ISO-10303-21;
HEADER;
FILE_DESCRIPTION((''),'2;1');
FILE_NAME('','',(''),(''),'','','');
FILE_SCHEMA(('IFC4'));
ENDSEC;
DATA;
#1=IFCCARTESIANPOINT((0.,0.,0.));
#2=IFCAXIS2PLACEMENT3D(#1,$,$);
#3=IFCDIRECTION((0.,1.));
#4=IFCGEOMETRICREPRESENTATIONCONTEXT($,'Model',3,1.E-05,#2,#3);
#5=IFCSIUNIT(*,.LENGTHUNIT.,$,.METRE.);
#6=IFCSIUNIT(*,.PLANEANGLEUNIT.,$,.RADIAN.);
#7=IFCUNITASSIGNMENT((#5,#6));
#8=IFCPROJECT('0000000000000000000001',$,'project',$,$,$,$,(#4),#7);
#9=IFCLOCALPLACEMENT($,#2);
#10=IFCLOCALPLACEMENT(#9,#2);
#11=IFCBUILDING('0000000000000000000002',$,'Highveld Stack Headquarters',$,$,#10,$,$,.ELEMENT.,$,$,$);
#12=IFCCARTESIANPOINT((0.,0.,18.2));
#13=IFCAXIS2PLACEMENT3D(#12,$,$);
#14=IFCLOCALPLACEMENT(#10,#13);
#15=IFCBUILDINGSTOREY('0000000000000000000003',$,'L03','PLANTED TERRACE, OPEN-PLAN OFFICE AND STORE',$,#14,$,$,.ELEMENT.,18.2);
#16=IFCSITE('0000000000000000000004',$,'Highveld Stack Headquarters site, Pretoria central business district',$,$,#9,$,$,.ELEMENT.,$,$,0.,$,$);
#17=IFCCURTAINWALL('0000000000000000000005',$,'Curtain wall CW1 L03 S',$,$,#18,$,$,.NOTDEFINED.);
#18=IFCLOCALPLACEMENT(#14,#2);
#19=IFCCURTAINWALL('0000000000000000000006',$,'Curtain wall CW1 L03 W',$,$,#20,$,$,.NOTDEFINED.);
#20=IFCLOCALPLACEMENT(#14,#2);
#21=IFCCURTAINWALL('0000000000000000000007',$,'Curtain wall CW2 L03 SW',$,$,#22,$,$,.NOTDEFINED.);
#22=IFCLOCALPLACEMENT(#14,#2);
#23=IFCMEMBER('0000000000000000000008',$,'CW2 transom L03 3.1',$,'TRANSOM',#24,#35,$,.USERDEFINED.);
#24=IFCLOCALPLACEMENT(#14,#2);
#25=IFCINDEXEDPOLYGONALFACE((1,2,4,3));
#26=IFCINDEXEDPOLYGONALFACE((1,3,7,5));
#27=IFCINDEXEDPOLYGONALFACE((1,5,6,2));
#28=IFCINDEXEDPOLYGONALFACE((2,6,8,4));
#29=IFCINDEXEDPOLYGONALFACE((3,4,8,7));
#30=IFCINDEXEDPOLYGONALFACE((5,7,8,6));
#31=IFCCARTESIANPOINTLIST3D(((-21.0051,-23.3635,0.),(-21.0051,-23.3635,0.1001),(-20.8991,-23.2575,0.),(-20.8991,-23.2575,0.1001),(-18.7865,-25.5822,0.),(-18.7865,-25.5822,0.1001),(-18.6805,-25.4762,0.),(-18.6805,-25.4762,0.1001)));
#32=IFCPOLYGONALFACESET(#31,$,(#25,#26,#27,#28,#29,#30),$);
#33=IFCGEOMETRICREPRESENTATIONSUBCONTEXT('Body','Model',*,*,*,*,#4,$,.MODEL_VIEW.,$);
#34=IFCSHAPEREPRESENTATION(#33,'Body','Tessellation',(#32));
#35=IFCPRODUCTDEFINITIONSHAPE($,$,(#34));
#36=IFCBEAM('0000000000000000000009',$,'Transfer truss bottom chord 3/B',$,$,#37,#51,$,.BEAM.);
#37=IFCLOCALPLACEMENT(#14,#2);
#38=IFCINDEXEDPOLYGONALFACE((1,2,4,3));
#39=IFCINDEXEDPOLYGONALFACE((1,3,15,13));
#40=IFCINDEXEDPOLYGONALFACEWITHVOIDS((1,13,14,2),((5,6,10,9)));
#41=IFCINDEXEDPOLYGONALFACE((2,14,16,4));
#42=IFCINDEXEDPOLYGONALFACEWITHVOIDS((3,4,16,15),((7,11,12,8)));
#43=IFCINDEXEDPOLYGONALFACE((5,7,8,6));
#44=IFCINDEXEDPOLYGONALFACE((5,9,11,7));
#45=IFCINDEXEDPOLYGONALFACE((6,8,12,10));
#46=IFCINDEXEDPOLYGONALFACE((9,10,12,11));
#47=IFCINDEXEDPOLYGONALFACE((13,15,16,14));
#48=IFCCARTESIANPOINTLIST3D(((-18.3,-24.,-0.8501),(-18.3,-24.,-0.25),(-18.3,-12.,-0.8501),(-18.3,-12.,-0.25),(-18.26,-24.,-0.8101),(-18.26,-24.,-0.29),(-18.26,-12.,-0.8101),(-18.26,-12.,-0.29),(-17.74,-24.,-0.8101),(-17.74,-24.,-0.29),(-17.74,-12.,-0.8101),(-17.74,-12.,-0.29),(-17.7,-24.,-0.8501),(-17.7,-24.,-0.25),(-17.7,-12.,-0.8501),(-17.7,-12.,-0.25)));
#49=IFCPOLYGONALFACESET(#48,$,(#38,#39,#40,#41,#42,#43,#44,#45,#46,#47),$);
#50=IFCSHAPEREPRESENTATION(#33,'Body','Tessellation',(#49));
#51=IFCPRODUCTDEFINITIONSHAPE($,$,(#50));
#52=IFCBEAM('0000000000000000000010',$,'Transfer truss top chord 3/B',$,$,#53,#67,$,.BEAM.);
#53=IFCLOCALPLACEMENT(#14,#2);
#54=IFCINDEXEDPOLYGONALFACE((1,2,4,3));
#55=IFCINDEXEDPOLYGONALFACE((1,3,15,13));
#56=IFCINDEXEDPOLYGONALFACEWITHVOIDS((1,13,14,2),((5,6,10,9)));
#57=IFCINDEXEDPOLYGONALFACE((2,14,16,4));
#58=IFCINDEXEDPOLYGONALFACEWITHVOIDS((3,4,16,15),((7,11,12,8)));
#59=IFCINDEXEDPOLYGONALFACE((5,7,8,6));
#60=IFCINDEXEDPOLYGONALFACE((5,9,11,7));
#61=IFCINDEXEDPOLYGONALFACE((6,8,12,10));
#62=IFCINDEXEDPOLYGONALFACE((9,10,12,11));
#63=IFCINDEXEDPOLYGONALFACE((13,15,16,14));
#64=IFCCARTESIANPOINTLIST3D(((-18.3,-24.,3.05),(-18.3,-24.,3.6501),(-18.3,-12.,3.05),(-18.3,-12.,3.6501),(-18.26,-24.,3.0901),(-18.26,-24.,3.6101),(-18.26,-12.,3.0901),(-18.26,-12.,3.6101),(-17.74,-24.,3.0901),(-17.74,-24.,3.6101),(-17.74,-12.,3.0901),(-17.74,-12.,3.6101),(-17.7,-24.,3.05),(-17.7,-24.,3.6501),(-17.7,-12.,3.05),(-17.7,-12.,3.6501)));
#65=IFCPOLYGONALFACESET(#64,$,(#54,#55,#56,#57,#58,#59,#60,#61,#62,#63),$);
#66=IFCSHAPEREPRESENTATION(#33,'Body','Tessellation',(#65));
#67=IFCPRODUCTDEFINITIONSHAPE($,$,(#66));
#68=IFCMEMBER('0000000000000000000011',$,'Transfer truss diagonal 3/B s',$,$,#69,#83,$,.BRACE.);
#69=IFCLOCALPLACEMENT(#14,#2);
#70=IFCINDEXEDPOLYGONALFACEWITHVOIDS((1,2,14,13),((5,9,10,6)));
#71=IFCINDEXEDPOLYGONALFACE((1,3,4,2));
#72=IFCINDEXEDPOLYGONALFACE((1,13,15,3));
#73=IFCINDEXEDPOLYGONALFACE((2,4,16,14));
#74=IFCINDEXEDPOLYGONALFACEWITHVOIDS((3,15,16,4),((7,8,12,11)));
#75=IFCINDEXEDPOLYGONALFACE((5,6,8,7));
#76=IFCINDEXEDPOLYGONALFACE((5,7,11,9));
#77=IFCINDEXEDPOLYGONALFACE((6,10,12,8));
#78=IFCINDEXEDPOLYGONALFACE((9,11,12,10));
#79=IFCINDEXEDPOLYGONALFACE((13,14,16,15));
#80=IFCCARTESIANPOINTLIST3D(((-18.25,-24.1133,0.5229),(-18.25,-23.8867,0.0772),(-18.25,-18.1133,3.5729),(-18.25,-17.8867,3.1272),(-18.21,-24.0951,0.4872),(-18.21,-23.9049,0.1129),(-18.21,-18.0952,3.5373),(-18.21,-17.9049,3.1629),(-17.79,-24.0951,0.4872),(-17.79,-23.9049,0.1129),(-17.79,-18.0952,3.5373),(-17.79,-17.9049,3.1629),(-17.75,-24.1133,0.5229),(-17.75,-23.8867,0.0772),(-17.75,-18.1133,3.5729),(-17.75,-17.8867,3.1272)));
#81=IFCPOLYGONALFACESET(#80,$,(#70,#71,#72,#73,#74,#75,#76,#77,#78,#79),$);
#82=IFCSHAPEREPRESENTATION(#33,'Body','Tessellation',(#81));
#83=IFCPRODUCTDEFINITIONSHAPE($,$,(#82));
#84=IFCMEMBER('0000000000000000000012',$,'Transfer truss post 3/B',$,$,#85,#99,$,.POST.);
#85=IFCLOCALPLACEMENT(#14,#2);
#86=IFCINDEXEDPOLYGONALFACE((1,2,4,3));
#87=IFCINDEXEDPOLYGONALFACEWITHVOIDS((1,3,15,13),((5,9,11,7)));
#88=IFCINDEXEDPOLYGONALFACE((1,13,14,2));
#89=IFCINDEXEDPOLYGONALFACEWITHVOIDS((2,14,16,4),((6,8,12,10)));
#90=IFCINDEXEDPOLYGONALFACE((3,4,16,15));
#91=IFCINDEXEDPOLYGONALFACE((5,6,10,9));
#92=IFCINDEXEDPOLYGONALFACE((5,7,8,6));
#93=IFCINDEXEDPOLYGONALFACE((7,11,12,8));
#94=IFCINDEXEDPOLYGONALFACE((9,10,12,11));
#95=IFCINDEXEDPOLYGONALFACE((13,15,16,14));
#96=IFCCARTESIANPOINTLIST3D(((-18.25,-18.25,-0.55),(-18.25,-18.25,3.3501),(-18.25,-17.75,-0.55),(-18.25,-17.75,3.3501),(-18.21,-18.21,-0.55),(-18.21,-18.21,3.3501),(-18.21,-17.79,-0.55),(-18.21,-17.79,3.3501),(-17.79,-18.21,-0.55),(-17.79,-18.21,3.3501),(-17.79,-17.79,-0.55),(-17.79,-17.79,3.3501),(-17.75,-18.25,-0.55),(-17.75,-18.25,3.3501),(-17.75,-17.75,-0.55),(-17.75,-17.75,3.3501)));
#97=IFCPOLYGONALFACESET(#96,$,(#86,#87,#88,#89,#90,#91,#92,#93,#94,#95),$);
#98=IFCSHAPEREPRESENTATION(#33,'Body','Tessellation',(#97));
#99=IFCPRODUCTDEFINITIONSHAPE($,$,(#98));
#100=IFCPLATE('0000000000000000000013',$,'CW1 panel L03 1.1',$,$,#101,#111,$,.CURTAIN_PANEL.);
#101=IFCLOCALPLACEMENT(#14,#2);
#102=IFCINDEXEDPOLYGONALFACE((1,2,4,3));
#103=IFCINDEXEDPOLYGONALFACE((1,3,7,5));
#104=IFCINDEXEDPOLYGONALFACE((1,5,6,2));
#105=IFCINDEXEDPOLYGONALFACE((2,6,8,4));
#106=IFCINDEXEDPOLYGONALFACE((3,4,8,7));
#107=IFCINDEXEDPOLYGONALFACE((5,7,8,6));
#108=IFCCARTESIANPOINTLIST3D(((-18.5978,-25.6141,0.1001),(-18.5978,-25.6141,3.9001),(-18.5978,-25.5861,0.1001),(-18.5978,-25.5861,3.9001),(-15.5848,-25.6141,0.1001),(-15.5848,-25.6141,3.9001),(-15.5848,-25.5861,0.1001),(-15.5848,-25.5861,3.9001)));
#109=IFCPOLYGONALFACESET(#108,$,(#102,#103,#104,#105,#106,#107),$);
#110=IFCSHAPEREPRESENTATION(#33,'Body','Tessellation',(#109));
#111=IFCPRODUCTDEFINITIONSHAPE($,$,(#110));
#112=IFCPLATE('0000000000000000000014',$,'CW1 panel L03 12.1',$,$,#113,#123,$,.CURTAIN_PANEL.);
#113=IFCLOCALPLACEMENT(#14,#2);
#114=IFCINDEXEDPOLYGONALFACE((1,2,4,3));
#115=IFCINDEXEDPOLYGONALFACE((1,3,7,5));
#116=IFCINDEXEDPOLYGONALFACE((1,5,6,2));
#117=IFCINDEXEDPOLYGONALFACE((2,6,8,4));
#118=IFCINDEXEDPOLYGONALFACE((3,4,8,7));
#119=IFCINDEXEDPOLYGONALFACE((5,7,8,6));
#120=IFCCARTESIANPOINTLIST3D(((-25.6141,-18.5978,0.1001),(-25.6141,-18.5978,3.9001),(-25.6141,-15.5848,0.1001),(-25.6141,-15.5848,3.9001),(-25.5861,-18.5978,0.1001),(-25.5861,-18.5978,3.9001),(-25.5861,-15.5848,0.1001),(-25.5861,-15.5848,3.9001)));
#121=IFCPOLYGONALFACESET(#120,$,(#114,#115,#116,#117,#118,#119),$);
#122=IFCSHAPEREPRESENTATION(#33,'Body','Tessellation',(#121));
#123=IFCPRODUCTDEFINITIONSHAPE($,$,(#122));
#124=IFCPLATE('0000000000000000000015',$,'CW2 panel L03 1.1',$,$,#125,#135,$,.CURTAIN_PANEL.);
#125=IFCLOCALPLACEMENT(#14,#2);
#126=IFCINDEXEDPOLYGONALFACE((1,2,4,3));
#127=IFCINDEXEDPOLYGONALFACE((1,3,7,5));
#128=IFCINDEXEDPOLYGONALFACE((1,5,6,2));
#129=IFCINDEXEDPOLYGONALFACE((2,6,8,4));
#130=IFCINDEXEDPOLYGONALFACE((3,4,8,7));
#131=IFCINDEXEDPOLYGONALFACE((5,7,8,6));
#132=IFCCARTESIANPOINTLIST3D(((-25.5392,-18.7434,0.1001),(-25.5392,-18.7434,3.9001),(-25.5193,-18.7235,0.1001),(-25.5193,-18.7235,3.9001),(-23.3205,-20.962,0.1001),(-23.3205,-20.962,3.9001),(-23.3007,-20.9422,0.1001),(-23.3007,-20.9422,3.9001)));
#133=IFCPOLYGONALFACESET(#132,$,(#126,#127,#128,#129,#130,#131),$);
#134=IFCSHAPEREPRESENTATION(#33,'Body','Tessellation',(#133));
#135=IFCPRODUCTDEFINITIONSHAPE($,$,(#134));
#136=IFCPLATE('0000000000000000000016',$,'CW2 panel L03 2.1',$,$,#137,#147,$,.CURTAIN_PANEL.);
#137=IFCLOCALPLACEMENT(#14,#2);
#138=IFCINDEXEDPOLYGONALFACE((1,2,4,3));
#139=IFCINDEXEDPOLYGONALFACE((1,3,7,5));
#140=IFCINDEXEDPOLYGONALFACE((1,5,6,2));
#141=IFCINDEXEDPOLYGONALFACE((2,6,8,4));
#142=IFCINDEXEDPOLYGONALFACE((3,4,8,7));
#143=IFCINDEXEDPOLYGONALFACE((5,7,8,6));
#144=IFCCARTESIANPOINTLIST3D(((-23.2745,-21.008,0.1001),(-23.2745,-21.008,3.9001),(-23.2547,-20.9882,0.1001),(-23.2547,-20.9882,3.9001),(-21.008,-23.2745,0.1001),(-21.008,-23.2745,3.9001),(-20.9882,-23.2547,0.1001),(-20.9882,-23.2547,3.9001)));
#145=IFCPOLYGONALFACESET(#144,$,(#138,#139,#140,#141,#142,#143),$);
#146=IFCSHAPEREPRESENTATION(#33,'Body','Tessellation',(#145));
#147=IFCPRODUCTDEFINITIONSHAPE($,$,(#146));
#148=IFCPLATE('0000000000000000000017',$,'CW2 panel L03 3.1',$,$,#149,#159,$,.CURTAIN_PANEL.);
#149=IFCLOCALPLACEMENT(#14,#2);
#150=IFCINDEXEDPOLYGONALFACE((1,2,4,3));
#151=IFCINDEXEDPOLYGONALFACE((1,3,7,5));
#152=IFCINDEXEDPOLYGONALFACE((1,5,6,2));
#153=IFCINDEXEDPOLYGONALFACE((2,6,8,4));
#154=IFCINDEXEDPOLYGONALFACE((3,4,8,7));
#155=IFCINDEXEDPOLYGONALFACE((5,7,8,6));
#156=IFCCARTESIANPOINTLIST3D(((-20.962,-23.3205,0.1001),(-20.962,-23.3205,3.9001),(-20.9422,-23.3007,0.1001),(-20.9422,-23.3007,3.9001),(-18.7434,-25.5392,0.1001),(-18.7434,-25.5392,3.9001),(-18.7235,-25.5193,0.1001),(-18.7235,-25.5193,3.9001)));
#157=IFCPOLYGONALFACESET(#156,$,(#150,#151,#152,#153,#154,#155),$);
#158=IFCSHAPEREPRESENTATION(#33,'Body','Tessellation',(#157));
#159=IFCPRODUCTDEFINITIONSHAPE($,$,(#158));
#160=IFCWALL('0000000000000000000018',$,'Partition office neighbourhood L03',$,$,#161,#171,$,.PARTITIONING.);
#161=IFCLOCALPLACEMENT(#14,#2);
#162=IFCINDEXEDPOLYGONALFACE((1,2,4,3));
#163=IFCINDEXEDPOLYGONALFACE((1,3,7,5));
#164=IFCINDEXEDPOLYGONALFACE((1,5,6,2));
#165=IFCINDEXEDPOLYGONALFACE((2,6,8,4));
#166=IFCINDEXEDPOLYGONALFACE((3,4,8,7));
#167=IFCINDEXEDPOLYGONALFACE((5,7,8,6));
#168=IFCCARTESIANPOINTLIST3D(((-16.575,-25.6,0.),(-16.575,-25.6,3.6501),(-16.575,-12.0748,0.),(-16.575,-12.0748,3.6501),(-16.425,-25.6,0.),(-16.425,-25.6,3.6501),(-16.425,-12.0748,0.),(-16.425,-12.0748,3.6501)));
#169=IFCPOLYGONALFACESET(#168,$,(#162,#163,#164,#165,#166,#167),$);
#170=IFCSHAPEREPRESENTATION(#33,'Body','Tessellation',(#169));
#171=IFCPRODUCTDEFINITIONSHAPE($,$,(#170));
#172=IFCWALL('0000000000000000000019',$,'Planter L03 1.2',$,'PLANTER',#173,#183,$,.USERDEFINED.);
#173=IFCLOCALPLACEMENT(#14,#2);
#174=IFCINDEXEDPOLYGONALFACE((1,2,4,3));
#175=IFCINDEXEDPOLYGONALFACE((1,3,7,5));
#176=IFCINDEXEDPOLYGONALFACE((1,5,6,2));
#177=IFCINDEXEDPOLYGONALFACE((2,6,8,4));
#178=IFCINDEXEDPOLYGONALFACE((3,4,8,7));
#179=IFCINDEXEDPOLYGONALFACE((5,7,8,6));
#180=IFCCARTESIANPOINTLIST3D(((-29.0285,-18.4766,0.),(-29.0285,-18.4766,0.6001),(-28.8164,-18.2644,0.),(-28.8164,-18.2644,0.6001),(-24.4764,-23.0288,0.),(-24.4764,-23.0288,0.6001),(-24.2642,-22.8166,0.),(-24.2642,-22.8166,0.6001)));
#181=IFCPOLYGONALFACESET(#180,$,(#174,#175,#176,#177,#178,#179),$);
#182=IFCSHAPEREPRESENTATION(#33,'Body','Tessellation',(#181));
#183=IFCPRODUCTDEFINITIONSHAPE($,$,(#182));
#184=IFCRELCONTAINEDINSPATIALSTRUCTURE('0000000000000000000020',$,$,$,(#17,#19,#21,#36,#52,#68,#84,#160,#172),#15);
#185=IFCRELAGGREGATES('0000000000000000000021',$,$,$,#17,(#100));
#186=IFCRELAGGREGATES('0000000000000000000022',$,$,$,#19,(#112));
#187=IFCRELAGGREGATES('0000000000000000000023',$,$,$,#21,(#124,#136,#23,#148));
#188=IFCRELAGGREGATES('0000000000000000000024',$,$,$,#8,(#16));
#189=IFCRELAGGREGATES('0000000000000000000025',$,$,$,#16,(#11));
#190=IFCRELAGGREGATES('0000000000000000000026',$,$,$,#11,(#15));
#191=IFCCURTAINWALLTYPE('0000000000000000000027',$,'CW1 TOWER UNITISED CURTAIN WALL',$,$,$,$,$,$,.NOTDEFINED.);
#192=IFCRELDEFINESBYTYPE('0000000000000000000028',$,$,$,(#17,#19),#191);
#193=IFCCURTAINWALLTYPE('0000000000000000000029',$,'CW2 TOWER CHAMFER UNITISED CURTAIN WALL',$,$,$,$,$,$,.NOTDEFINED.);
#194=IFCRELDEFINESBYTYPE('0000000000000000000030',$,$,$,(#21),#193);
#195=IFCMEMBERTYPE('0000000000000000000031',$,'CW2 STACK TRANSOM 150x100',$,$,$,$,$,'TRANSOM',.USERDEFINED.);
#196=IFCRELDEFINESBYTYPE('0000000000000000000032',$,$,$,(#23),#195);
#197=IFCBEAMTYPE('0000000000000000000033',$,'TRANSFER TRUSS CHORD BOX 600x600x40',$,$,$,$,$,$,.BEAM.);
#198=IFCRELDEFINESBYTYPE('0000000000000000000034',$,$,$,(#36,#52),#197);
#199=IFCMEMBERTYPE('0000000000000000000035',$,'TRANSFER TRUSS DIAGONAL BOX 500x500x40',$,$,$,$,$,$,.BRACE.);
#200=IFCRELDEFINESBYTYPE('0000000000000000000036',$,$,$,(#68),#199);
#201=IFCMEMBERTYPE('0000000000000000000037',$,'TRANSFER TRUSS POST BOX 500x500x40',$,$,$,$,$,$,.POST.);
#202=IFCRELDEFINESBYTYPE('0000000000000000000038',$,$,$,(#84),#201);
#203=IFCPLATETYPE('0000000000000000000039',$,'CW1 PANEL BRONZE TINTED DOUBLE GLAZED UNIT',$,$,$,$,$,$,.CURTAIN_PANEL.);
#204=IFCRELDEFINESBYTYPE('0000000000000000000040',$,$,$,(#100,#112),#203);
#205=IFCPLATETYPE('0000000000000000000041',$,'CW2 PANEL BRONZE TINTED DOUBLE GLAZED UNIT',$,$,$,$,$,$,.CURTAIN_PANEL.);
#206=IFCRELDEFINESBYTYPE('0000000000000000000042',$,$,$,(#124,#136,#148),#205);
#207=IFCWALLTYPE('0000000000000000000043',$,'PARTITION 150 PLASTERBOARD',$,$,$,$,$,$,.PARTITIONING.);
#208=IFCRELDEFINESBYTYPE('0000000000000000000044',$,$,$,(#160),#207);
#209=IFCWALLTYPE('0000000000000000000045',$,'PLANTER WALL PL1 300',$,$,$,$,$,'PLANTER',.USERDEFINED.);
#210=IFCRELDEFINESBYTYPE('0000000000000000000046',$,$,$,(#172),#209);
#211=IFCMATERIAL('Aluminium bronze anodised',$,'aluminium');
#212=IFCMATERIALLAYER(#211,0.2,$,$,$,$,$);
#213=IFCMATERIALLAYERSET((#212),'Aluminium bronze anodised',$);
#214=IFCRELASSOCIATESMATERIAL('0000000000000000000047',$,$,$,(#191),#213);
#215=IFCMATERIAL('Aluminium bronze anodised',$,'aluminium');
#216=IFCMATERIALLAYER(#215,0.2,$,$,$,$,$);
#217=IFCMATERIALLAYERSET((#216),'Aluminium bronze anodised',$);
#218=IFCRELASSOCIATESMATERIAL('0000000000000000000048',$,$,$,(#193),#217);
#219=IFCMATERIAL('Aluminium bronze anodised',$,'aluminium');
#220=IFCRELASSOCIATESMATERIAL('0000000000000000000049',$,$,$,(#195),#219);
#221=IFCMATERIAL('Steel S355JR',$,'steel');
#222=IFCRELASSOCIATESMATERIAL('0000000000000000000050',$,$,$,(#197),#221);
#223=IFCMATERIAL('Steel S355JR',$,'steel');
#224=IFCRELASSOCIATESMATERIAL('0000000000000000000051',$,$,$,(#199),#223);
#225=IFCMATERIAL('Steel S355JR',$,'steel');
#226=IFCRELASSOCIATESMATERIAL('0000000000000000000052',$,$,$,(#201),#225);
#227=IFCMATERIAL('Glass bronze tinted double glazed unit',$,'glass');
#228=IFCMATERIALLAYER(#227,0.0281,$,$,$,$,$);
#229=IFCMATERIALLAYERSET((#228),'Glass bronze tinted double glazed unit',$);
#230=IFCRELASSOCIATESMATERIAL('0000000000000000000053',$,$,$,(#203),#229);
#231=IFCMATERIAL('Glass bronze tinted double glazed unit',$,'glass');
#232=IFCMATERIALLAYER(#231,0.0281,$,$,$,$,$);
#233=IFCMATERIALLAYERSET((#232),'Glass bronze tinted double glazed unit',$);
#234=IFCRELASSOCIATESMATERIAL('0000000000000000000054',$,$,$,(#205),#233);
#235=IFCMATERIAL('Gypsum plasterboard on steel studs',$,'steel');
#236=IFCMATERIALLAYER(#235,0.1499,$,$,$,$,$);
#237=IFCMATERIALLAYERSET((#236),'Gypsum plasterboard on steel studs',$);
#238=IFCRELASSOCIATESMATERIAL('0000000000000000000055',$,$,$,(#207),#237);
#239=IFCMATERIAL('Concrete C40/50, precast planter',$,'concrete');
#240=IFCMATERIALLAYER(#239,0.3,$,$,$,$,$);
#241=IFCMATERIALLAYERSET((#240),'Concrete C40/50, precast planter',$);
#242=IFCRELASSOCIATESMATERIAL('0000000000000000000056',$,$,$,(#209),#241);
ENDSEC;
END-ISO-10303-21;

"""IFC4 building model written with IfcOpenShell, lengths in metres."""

from ifc_helpers import new_model, si_unit, direction, frame, frame_2d, origin, origin_2d, place, context, subcontext, project, spatial, rectangle, hollow_rectangle, extrude, material, layer, layer_set, material_profile, profile_set, type_object, element, aggregate, save


model = new_model("IFC4")

# Units and contexts
model_context = context("Model", 3, precision=1e-05, world=origin(), true_north=direction((0.0, 1.0)))
body_context = subcontext(model_context, "Body", "Model", "MODEL_VIEW")
ifc_project = project(units=[si_unit("LENGTHUNIT", "METRE"), si_unit("PLANEANGLEUNIT", "RADIAN")], contexts=[model_context])

# Site, building, storey
site_placement = place(None, origin())
site = spatial("IfcSite", under=ifc_project, at=site_placement, Name="Highveld Stack Headquarters site, Pretoria central business district", CompositionType="ELEMENT", RefElevation=0.0)
building_placement = place(site_placement, origin())
building = spatial("IfcBuilding", under=site, at=building_placement, Name="Highveld Stack Headquarters", CompositionType="ELEMENT")
storey_placement = place(building_placement, frame((0.0, 0.0, 18.2)))
storey = spatial("IfcBuildingStorey", under=building, at=storey_placement, Name="L03", Description="PLANTED TERRACE, OPEN-PLAN OFFICE AND STORE", CompositionType="ELEMENT", Elevation=18.2)

# Curtain walls
ifc_material_1 = material(Name="Aluminium bronze anodised", Category="aluminium")
ifc_layer_1 = layer(ifc_material_1, 0.2)
ifc_layer_set_1 = layer_set([ifc_layer_1], Name="Aluminium bronze anodised")
curtain_wall_type_1 = type_object("IfcCurtainWallType", Name="CW1 TOWER UNITISED CURTAIN WALL", PredefinedType="NOTDEFINED", material=ifc_layer_set_1)
curtain_wall_1_placement = place(storey_placement, origin())
curtain_wall_1 = element("IfcCurtainWall", 1, at=curtain_wall_1_placement, inside=storey, type_object=curtain_wall_type_1, Name="Curtain wall CW1 L03 S", PredefinedType="NOTDEFINED")
curtain_wall_2_placement = place(storey_placement, origin())
curtain_wall_2 = element("IfcCurtainWall", 2, at=curtain_wall_2_placement, inside=storey, type_object=curtain_wall_type_1, Name="Curtain wall CW1 L03 W", PredefinedType="NOTDEFINED")

# Curtain wall, member
ifc_material_2 = material(Name="Aluminium bronze anodised", Category="aluminium")
ifc_layer_2 = layer(ifc_material_2, 0.2)
ifc_layer_set_2 = layer_set([ifc_layer_2], Name="Aluminium bronze anodised")
curtain_wall_type_2 = type_object("IfcCurtainWallType", Name="CW2 TOWER CHAMFER UNITISED CURTAIN WALL", PredefinedType="NOTDEFINED", material=ifc_layer_set_2)
curtain_wall_3_placement = place(storey_placement, origin())
curtain_wall_3 = element("IfcCurtainWall", 3, at=curtain_wall_3_placement, inside=storey, type_object=curtain_wall_type_2, Name="Curtain wall CW2 L03 SW", PredefinedType="NOTDEFINED")
ifc_material_3 = material(Name="Aluminium bronze anodised", Category="aluminium")
ifc_material_profile_1 = material_profile(ifc_material_3, rectangle(XDim=0.1499, YDim=0.1001, at=origin_2d()), Name="CW2 TRANSOM 150x100")
ifc_profile_set_1 = profile_set([ifc_material_profile_1], Name="Aluminium bronze anodised")
member_type_1 = type_object("IfcMemberType", Name="CW2 STACK TRANSOM 150x100", ElementType="TRANSOM", PredefinedType="USERDEFINED", material=ifc_profile_set_1)
member_1_placement = place(storey_placement, frame((-20.9521, -23.3105, 0.05), z_axis=(0.707107, -0.707107, 0.0), x_axis=(0.707107, 0.707107, 0.0)))
member_1 = element("IfcMember", 4, at=member_1_placement, type_object=member_type_1, Name="CW2 transom L03 3.1", ObjectType="TRANSOM", PredefinedType="USERDEFINED", context=body_context, shape_type="SweptSolid", body=[
    extrude(rectangle(XDim=0.1499, YDim=0.1001, at=origin_2d()), origin(), (0.0, 0.0, 1.0), 3.1377),
])

# Beams
ifc_material_4 = material(Name="Steel S355JR", Category="steel")
ifc_material_profile_2 = material_profile(ifc_material_4, hollow_rectangle(XDim=0.6001, YDim=0.6001, WallThickness=0.04, at=origin_2d()), Name="BOX 600x600x40")
ifc_profile_set_2 = profile_set([ifc_material_profile_2], Name="Steel S355JR")
beam_type = type_object("IfcBeamType", Name="TRANSFER TRUSS CHORD BOX 600x600x40", PredefinedType="BEAM", material=ifc_profile_set_2)
for number, where, z_axis, x_axis, name in (
    (5, (-18.0, -24.0, -0.55), (0.0, 1.0, 0.0), (-1.0, 0.0, 0.0), "Transfer truss bottom chord 3/B"),
    (6, (-18.0, -24.0, 3.3501), (0.0, 1.0, 0.0), (-1.0, 0.0, 0.0), "Transfer truss top chord 3/B"),
):
    element("IfcBeam", number, at=place(storey_placement, frame(where, z_axis=z_axis, x_axis=x_axis)), inside=storey, type_object=beam_type, Name=name, PredefinedType="BEAM", context=body_context, shape_type="SweptSolid", body=[
        extrude(hollow_rectangle(XDim=0.6001, YDim=0.6001, WallThickness=0.04, at=origin_2d()), origin(), (0.0, 0.0, 1.0), 12.0),
    ])

# Members
ifc_material_5 = material(Name="Steel S355JR", Category="steel")
ifc_material_profile_3 = material_profile(ifc_material_5, hollow_rectangle(XDim=0.5, YDim=0.5, WallThickness=0.04, at=origin_2d()), Name="BOX 500x500x40")
ifc_profile_set_3 = profile_set([ifc_material_profile_3], Name="Steel S355JR")
member_type_2 = type_object("IfcMemberType", Name="TRANSFER TRUSS DIAGONAL BOX 500x500x40", PredefinedType="BRACE", material=ifc_profile_set_3)
member_2_placement = place(storey_placement, frame((-18.0, -24.0, 0.3), z_axis=(0.0, 0.891433, 0.453152), x_axis=(-1.0, 0.0, 0.0)))
element("IfcMember", 7, at=member_2_placement, inside=storey, type_object=member_type_2, Name="Transfer truss diagonal 3/B s", PredefinedType="BRACE", context=body_context, shape_type="SweptSolid", body=[
    extrude(hollow_rectangle(XDim=0.5, YDim=0.5, WallThickness=0.04, at=origin_2d()), origin(), (0.0, 0.0, 1.0), 6.7307),
])
ifc_material_6 = material(Name="Steel S355JR", Category="steel")
ifc_material_profile_4 = material_profile(ifc_material_6, hollow_rectangle(XDim=0.5, YDim=0.5, WallThickness=0.04, at=origin_2d()), Name="BOX 500x500x40")
ifc_profile_set_4 = profile_set([ifc_material_profile_4], Name="Steel S355JR")
member_type_3 = type_object("IfcMemberType", Name="TRANSFER TRUSS POST BOX 500x500x40", PredefinedType="POST", material=ifc_profile_set_4)
member_3_placement = place(storey_placement, frame((-18.0, -18.0, -0.55), z_axis=(0.0, 0.0, 1.0), x_axis=(1.0, 0.0, 0.0)))
element("IfcMember", 8, at=member_3_placement, inside=storey, type_object=member_type_3, Name="Transfer truss post 3/B", PredefinedType="POST", context=body_context, shape_type="SweptSolid", body=[
    extrude(hollow_rectangle(XDim=0.5, YDim=0.5, WallThickness=0.04, at=origin_2d()), origin(), (0.0, 0.0, 1.0), 3.9001),
])

# Plates
ifc_material_7 = material(Name="Glass bronze tinted double glazed unit", Category="glass")
ifc_layer_3 = layer(ifc_material_7, 0.0281)
ifc_layer_set_3 = layer_set([ifc_layer_3], Name="Glass bronze tinted double glazed unit")
plate_type_1 = type_object("IfcPlateType", Name="CW1 PANEL BRONZE TINTED DOUBLE GLAZED UNIT", PredefinedType="CURTAIN_PANEL", material=ifc_layer_set_3)
plate_1_placement = place(storey_placement, frame((-17.0913, -25.6001, 0.1001), z_axis=(0.0, 0.0, 1.0), x_axis=(1.0, 0.0, 0.0)))
plate_1 = element("IfcPlate", 9, at=plate_1_placement, type_object=plate_type_1, Name="CW1 panel L03 1.1", PredefinedType="CURTAIN_PANEL", context=body_context, shape_type="SweptSolid", body=[
    extrude(rectangle(XDim=3.0129, YDim=0.0281, at=origin_2d()), origin(), (0.0, 0.0, 1.0), 3.8),
])
aggregate(curtain_wall_1, [plate_1])
plate_2_placement = place(storey_placement, frame((-25.6001, -17.0913, 0.1001), z_axis=(0.0, 0.0, 1.0), x_axis=(0.0, -1.0, 0.0)))
plate_2 = element("IfcPlate", 10, at=plate_2_placement, type_object=plate_type_1, Name="CW1 panel L03 12.1", PredefinedType="CURTAIN_PANEL", context=body_context, shape_type="SweptSolid", body=[
    extrude(rectangle(XDim=3.0129, YDim=0.0281, at=origin_2d()), origin(), (0.0, 0.0, 1.0), 3.8),
])
aggregate(curtain_wall_2, [plate_2])
ifc_material_8 = material(Name="Glass bronze tinted double glazed unit", Category="glass")
ifc_layer_4 = layer(ifc_material_8, 0.0281)
ifc_layer_set_4 = layer_set([ifc_layer_4], Name="Glass bronze tinted double glazed unit")
plate_type_2 = type_object("IfcPlateType", Name="CW2 PANEL BRONZE TINTED DOUBLE GLAZED UNIT", PredefinedType="CURTAIN_PANEL", material=ifc_layer_set_4)
plate_3_placement = place(storey_placement, frame((-24.4199, -19.8428, 0.1001), z_axis=(0.0, 0.0, 1.0), x_axis=(0.707107, -0.707107, 0.0)))
plate_3 = element("IfcPlate", 11, at=plate_3_placement, type_object=plate_type_2, Name="CW2 panel L03 1.1", PredefinedType="CURTAIN_PANEL", context=body_context, shape_type="SweptSolid", body=[
    extrude(rectangle(XDim=3.1377, YDim=0.0281, at=origin_2d()), origin(), (0.0, 0.0, 1.0), 3.8),
])
plate_4_placement = place(storey_placement, frame((-22.1313, -22.1313, 0.1001), z_axis=(0.0, 0.0, 1.0), x_axis=(0.707107, -0.707107, 0.0)))
plate_4 = element("IfcPlate", 12, at=plate_4_placement, type_object=plate_type_2, Name="CW2 panel L03 2.1", PredefinedType="CURTAIN_PANEL", context=body_context, shape_type="SweptSolid", body=[
    extrude(rectangle(XDim=3.2053, YDim=0.0281, at=origin_2d()), origin(), (0.0, 0.0, 1.0), 3.8),
])
plate_5_placement = place(storey_placement, frame((-19.8428, -24.4199, 0.1001), z_axis=(0.0, 0.0, 1.0), x_axis=(0.707107, -0.707107, 0.0)))
plate_5 = element("IfcPlate", 13, at=plate_5_placement, type_object=plate_type_2, Name="CW2 panel L03 3.1", PredefinedType="CURTAIN_PANEL", context=body_context, shape_type="SweptSolid", body=[
    extrude(rectangle(XDim=3.1377, YDim=0.0281, at=origin_2d()), origin(), (0.0, 0.0, 1.0), 3.8),
])
aggregate(curtain_wall_3, [plate_3, plate_4, member_1, plate_5])

# Walls
ifc_material_9 = material(Name="Gypsum plasterboard on steel studs", Category="steel")
ifc_layer_5 = layer(ifc_material_9, 0.1499)
ifc_layer_set_5 = layer_set([ifc_layer_5], Name="Gypsum plasterboard on steel studs")
wall_type_1 = type_object("IfcWallType", Name="PARTITION 150 PLASTERBOARD", PredefinedType="PARTITIONING", material=ifc_layer_set_5)
wall_1_placement = place(storey_placement, frame((-16.5, -25.6001, 0.0), z_axis=(0.0, 0.0, 1.0), x_axis=(0.0, 1.0, 0.0)))
element("IfcWall", 14, at=wall_1_placement, inside=storey, type_object=wall_type_1, Name="Partition office neighbourhood L03", PredefinedType="PARTITIONING", context=body_context, shape_type="SweptSolid", body=[
    extrude(rectangle(XDim=13.5251, YDim=0.1499, at=frame_2d((6.7627, 0.0))), origin(), (0.0, 0.0, 1.0), 3.6501),
])
ifc_material_10 = material(Name="Concrete C40/50, precast planter", Category="concrete")
ifc_layer_6 = layer(ifc_material_10, 0.3)
ifc_layer_set_6 = layer_set([ifc_layer_6], Name="Concrete C40/50, precast planter")
wall_type_2 = type_object("IfcWallType", Name="PLANTER WALL PL1 300", ElementType="PLANTER", PredefinedType="USERDEFINED", material=ifc_layer_set_6)
wall_2_placement = place(storey_placement, frame((-24.3704, -22.9226, 0.0), z_axis=(0.0, 0.0, 1.0), x_axis=(-0.707107, 0.707107, 0.0)))
element("IfcWall", 15, at=wall_2_placement, inside=storey, type_object=wall_type_2, Name="Planter L03 1.2", ObjectType="PLANTER", PredefinedType="USERDEFINED", context=body_context, shape_type="SweptSolid", body=[
    extrude(rectangle(XDim=6.4377, YDim=0.3, at=frame_2d((3.2188, 0.0))), origin(), (0.0, 0.0, 1.0), 0.6001),
])

save(model, "model.ifc")
